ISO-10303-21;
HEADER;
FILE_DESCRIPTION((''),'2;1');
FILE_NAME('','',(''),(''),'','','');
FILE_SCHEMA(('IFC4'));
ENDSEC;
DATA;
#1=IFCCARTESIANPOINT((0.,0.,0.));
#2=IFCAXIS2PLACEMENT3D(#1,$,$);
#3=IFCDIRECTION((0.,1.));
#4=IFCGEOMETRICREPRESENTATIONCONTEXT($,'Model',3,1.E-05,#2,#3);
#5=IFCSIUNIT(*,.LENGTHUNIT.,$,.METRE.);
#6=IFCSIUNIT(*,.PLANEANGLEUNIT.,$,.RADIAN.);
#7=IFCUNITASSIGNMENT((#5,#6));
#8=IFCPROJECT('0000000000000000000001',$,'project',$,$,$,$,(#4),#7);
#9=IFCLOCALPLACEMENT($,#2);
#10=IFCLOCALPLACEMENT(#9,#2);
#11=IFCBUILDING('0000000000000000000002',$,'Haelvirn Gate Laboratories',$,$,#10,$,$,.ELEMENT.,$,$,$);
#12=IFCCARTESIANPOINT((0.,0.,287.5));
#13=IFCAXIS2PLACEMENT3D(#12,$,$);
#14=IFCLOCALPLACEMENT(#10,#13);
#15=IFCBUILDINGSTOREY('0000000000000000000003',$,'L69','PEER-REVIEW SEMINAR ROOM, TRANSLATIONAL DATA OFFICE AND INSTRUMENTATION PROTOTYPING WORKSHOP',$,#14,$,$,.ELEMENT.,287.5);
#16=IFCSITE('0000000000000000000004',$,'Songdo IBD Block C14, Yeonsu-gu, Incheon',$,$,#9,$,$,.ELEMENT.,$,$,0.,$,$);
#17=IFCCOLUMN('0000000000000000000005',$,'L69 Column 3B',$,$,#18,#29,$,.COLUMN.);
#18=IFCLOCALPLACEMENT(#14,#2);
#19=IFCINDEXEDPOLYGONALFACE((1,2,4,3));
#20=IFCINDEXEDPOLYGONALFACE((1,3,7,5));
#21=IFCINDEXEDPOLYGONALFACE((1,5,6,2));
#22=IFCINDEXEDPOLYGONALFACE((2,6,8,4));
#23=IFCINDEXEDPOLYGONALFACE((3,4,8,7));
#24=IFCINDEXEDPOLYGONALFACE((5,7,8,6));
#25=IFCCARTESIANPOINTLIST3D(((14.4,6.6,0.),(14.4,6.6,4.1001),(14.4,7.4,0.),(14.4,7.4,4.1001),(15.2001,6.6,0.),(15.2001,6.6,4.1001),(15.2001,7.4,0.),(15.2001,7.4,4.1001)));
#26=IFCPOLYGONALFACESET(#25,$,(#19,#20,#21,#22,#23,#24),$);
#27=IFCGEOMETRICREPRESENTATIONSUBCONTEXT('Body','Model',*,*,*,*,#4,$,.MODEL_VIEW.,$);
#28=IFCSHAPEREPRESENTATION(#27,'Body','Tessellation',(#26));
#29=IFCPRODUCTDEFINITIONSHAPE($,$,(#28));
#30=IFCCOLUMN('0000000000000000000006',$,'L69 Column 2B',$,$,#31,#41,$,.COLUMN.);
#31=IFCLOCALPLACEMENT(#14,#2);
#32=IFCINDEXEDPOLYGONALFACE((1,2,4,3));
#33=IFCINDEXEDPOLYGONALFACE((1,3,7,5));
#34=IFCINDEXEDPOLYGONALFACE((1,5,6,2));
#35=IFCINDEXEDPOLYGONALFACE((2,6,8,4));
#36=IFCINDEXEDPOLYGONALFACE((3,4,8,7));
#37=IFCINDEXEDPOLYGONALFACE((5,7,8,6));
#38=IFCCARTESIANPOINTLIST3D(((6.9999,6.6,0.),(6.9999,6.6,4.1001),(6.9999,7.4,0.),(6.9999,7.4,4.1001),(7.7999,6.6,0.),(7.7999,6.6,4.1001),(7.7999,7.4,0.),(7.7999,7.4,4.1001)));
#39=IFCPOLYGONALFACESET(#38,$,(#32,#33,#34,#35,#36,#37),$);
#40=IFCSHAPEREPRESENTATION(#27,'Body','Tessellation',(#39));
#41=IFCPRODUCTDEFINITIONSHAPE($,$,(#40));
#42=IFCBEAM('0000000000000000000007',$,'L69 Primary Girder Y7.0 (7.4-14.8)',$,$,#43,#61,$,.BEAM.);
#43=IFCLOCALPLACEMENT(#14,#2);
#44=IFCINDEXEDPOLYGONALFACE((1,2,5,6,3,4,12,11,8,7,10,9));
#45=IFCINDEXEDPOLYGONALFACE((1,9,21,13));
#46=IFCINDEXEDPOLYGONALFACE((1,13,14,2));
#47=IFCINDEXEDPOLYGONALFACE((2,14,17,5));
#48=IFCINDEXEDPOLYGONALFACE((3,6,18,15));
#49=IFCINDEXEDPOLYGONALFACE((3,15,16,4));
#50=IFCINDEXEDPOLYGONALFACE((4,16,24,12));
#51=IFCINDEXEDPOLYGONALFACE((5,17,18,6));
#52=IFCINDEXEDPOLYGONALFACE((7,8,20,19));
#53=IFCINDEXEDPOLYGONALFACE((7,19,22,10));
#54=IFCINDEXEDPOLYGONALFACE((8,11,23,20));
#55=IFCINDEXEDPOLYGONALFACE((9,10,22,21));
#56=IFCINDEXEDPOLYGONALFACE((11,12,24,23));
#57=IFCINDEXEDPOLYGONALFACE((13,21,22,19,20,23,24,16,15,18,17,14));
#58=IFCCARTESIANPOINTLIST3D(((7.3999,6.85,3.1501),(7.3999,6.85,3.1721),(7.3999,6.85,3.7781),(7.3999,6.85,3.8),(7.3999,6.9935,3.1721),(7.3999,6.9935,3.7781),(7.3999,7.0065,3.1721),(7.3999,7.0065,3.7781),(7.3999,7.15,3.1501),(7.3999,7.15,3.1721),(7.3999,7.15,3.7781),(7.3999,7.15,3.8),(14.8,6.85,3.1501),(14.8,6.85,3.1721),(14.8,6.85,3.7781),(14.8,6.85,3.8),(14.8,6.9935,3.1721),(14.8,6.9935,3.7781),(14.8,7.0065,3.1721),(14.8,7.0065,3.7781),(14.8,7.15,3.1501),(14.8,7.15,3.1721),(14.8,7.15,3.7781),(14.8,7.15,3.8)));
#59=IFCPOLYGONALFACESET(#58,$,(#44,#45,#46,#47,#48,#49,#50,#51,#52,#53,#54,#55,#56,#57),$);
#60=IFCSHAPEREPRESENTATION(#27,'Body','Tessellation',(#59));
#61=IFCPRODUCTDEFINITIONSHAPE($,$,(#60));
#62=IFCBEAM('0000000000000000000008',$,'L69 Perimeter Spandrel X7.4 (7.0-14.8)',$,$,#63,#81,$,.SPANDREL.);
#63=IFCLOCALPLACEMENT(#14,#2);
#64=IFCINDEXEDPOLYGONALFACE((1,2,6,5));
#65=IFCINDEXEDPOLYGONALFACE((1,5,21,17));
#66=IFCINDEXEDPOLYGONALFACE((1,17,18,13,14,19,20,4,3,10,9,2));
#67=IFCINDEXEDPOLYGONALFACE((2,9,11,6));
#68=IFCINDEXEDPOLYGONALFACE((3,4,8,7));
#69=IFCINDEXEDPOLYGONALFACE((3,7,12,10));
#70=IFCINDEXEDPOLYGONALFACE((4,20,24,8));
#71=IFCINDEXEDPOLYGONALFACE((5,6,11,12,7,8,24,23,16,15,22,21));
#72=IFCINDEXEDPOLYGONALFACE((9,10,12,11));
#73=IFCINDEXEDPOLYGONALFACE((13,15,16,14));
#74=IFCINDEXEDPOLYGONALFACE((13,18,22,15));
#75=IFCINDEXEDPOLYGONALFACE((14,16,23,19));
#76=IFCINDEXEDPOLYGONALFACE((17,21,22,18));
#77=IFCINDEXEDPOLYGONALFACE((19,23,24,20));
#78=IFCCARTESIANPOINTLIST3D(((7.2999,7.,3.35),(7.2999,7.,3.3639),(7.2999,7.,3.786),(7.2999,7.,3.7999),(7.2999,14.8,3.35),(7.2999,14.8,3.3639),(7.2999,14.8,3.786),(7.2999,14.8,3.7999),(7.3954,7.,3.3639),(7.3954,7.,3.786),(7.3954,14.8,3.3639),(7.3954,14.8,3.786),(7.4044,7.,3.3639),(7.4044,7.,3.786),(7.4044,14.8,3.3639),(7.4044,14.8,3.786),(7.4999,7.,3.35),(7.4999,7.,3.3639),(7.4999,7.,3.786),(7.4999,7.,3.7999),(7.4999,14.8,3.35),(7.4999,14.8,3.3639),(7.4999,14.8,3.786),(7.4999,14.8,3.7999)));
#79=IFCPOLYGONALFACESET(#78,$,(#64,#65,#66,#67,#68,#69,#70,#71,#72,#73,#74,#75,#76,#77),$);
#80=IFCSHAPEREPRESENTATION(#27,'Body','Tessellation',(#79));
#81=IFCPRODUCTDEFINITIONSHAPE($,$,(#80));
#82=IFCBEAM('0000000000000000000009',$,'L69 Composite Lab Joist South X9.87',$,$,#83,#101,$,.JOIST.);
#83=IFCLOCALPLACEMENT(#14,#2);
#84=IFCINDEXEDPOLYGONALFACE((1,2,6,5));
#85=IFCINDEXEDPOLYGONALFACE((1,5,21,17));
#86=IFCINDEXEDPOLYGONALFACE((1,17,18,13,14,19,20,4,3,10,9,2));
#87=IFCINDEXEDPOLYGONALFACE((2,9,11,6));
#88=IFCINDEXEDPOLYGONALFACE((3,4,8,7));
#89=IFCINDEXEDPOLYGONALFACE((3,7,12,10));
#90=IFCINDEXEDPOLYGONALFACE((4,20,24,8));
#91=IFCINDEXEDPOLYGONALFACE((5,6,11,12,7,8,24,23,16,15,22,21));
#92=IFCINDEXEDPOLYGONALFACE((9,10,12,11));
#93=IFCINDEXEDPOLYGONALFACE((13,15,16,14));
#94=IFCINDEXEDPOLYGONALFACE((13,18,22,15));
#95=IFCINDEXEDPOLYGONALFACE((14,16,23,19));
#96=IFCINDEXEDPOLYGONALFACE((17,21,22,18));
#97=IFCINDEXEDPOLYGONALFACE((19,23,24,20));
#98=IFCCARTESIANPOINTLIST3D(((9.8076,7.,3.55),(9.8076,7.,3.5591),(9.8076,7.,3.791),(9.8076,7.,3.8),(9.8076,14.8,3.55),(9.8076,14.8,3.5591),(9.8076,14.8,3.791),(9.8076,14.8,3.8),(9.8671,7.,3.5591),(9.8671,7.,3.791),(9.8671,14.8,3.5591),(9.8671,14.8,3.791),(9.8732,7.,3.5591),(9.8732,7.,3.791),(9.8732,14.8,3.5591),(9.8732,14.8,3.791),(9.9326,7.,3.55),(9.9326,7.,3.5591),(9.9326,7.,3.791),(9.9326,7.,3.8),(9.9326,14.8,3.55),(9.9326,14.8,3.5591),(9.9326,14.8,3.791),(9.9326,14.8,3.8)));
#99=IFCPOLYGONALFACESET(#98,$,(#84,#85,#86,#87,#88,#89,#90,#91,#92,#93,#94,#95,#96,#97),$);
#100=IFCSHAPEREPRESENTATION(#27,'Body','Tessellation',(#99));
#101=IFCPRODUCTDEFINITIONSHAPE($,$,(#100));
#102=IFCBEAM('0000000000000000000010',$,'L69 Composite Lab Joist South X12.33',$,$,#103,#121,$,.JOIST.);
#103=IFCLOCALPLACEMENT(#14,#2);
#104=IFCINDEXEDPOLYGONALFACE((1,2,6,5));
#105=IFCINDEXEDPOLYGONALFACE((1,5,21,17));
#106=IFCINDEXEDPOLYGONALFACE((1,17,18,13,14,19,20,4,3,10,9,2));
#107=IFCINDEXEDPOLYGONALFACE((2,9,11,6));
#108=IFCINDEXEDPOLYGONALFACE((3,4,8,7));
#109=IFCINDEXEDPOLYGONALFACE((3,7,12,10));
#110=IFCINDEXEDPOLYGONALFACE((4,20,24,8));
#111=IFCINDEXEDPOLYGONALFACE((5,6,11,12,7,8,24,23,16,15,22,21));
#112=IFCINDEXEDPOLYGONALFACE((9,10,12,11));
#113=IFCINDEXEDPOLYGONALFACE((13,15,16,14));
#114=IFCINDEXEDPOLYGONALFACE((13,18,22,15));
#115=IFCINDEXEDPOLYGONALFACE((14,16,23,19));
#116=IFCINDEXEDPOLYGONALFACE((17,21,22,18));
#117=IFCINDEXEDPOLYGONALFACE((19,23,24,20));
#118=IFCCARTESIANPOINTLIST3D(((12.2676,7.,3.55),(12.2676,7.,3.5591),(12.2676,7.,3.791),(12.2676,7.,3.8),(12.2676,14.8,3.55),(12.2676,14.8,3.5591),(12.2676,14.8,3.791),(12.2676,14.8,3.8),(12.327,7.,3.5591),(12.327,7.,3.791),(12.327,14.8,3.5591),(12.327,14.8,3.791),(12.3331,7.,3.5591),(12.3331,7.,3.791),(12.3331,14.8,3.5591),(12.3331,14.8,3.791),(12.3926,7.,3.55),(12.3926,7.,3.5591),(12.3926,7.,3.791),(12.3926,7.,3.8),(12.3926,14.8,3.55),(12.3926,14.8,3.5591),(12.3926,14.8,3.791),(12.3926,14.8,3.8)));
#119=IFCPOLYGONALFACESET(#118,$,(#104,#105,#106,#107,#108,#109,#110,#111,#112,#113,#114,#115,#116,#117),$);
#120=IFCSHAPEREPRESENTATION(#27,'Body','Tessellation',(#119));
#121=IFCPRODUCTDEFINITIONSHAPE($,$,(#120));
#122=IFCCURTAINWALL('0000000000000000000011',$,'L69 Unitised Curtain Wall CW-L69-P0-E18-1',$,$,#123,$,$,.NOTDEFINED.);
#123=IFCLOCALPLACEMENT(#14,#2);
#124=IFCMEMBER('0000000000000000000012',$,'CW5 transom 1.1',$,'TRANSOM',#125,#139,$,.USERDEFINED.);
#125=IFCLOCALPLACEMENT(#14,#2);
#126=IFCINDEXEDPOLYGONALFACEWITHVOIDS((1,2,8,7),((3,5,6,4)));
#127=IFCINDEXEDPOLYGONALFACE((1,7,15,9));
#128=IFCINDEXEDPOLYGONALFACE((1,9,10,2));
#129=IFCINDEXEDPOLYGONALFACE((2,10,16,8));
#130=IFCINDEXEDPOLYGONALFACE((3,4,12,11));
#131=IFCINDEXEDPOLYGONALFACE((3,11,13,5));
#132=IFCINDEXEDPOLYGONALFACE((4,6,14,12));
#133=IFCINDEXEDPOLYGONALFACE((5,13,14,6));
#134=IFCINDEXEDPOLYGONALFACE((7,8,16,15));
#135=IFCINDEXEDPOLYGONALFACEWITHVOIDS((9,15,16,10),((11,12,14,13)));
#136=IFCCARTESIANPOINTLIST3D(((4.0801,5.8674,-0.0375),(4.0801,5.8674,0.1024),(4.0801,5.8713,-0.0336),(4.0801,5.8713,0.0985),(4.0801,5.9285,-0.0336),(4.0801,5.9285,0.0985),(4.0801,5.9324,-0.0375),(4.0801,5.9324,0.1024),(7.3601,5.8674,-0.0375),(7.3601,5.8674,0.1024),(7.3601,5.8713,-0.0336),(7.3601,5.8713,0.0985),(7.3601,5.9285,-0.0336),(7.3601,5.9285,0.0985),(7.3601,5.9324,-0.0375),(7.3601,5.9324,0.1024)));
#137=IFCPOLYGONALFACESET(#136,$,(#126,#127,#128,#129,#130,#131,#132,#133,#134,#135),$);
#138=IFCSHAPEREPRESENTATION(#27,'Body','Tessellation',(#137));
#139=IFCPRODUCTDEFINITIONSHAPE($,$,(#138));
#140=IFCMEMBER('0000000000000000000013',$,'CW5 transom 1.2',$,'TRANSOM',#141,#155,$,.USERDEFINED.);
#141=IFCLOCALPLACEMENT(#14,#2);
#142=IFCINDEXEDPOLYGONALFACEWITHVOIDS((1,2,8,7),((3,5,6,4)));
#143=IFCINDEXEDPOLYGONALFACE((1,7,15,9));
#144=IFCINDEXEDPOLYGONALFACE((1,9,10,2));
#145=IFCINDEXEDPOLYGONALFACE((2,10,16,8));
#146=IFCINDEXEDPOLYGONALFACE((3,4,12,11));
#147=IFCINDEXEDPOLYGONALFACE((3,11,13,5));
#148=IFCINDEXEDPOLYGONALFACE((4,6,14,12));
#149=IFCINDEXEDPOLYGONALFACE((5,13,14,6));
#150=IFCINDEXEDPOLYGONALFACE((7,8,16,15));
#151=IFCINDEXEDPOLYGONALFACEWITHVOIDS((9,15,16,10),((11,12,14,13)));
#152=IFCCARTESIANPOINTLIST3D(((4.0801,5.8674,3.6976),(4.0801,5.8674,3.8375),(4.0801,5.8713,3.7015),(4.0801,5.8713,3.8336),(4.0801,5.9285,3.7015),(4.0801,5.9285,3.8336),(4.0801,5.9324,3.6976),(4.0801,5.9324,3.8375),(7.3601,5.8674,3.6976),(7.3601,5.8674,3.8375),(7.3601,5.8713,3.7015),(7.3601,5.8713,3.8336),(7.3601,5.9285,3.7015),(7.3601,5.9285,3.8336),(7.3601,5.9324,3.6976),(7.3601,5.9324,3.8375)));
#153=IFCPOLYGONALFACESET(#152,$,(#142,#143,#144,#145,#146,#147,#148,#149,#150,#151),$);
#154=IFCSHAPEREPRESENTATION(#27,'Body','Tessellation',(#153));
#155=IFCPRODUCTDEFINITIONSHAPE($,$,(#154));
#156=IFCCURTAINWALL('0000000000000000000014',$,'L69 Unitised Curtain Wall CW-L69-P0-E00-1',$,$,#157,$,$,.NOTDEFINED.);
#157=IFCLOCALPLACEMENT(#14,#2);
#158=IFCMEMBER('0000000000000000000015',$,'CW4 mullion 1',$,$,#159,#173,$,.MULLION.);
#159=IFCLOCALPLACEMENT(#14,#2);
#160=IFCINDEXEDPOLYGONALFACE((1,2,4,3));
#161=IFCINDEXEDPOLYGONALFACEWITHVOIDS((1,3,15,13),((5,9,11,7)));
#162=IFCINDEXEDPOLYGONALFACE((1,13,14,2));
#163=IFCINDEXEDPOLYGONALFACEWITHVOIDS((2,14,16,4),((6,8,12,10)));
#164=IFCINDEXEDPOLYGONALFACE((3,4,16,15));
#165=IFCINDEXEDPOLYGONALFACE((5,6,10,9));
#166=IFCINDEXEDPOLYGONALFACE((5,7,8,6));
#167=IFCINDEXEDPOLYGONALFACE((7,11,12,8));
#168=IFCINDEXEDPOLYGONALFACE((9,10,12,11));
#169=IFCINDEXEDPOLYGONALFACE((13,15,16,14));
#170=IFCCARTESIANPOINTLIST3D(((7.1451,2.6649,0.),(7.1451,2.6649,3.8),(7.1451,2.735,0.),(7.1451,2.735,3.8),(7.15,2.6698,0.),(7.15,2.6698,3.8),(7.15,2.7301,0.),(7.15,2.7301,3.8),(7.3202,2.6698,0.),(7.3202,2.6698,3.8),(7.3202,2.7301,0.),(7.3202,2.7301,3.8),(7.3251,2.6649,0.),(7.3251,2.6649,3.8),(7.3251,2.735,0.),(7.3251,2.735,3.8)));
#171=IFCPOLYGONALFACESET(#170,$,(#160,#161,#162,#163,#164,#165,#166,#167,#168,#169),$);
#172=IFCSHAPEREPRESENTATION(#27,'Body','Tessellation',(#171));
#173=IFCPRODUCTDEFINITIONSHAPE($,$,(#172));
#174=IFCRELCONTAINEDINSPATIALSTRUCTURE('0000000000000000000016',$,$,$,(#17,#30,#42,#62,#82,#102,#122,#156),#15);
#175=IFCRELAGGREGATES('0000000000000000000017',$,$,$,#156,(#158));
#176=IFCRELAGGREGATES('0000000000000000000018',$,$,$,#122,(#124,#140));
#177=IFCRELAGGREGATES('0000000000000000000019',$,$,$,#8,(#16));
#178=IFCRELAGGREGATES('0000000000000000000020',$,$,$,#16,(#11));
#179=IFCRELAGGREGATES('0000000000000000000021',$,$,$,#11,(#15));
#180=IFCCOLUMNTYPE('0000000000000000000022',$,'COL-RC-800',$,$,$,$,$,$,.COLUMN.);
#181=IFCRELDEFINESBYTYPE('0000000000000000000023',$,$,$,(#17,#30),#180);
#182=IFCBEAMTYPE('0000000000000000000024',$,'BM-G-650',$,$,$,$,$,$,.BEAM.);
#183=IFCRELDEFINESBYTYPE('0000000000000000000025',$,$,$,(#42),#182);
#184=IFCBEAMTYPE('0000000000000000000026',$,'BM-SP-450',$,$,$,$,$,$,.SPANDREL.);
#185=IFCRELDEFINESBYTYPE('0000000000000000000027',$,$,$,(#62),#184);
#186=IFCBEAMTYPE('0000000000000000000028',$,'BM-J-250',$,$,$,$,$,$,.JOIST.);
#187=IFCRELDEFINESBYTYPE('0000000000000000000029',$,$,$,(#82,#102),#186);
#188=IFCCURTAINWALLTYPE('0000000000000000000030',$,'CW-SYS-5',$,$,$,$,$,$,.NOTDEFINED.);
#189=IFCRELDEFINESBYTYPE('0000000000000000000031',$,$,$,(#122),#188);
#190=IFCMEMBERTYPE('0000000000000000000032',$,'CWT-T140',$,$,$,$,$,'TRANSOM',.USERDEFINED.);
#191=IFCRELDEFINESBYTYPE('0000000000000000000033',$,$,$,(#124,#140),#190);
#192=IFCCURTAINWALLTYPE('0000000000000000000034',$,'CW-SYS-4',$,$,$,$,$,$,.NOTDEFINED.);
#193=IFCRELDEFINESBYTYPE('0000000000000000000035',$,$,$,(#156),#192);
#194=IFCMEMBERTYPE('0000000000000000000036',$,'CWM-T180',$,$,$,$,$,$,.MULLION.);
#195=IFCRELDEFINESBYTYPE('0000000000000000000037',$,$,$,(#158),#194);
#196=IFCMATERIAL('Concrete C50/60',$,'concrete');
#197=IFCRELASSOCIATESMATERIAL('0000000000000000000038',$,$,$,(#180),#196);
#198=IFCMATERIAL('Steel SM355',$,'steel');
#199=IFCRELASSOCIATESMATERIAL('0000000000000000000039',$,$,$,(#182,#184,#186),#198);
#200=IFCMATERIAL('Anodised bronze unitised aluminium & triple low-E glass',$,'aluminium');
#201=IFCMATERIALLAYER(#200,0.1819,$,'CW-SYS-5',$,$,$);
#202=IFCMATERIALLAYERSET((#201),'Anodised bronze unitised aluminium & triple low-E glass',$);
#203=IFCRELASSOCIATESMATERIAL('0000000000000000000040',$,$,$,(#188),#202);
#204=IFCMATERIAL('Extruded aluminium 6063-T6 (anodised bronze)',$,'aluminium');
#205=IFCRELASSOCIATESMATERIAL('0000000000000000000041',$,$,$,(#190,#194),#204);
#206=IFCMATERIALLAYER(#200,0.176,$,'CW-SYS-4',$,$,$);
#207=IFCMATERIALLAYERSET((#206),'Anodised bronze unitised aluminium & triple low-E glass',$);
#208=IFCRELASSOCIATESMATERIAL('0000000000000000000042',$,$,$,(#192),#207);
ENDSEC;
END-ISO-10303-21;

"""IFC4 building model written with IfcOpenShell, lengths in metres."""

from ifc_helpers import new_model, si_unit, direction, frame, origin, origin_2d, place, context, subcontext, project, spatial, rectangle, hollow_rectangle, i_section, extrude, source, transform, mapped, material, layer, layer_set, material_profile, profile_set, type_object, type_shapes, element, aggregate, save


model = new_model("IFC4")

# Units and contexts
model_context = context("Model", 3, precision=1e-05, world=origin(), true_north=direction((0.0, 1.0)))
body_context = subcontext(model_context, "Body", "Model", "MODEL_VIEW")
ifc_project = project(units=[si_unit("LENGTHUNIT", "METRE"), si_unit("PLANEANGLEUNIT", "RADIAN")], contexts=[model_context])

# Site, building, storey
site_placement = place(None, origin())
site = spatial("IfcSite", under=ifc_project, at=site_placement, Name="Songdo IBD Block C14, Yeonsu-gu, Incheon", CompositionType="ELEMENT", RefElevation=0.0)
building_placement = place(site_placement, origin())
building = spatial("IfcBuilding", under=site, at=building_placement, Name="Haelvirn Gate Laboratories", CompositionType="ELEMENT")
storey_placement = place(building_placement, frame((0.0, 0.0, 287.5)))
storey = spatial("IfcBuildingStorey", under=building, at=storey_placement, Name="L69", Description="PEER-REVIEW SEMINAR ROOM, TRANSLATIONAL DATA OFFICE AND INSTRUMENTATION PROTOTYPING WORKSHOP", CompositionType="ELEMENT", Elevation=287.5)

# Columns
ifc_material_1 = material(Name="Concrete C50/60", Category="concrete")
ifc_material_profile_1 = material_profile(ifc_material_1, rectangle(XDim=0.8, YDim=0.8, at=origin_2d()), Name="RC-800x800")
ifc_profile_set_1 = profile_set([ifc_material_profile_1], Name="Concrete C50/60")
column_type = type_object("IfcColumnType", Name="COL-RC-800", PredefinedType="COLUMN", material=ifc_profile_set_1)
shared_shape_1 = source(origin(), body_context, "Body", "SweptSolid", [
    extrude(rectangle(XDim=0.8, YDim=0.8, at=origin_2d()), origin(), (0.0, 0.0, 1.0), 4.1001),
])
type_shapes(column_type, [shared_shape_1])
for number, where, z_axis, x_axis, name in (
    (1, (14.8, 7.0, 0.0), (0.0, 0.0, 1.0), (1.0, 0.0, 0.0), "L69 Column 3B"),
    (2, (7.3999, 7.0, 0.0), (0.0, 0.0, 1.0), (1.0, 0.0, 0.0), "L69 Column 2B"),
):
    element("IfcColumn", number, at=place(storey_placement, frame(where, z_axis=z_axis, x_axis=x_axis)), inside=storey, type_object=column_type, Name=name, PredefinedType="COLUMN", context=body_context, shape_type="MappedRepresentation", body=[
        mapped(shared_shape_1, transform((0.0, 0.0, 0.0), scale=1.0)),
    ])

# Beams
ifc_material_2 = material(Name="Steel SM355", Category="steel")
ifc_material_profile_2 = material_profile(ifc_material_2, i_section(OverallWidth=0.3, OverallDepth=0.6499, WebThickness=0.0129, FlangeThickness=0.022, at=origin_2d()), Name="H-650x300x13x22")
ifc_profile_set_2 = profile_set([ifc_material_profile_2], Name="Steel SM355")
beam_type_1 = type_object("IfcBeamType", Name="BM-G-650", PredefinedType="BEAM", material=ifc_profile_set_2)
shared_shape_2 = source(origin(), body_context, "Body", "SweptSolid", [
    extrude(i_section(OverallWidth=0.3, OverallDepth=0.6499, WebThickness=0.0129, FlangeThickness=0.022, at=origin_2d()), origin(), (0.0, 0.0, 1.0), 7.4001),
])
type_shapes(beam_type_1, [shared_shape_2])
beam_1_placement = place(storey_placement, frame((7.3999, 7.0, 3.4751), z_axis=(1.0, 0.0, 0.0), x_axis=(0.0, 1.0, 0.0)))
element("IfcBeam", 3, at=beam_1_placement, inside=storey, type_object=beam_type_1, Name="L69 Primary Girder Y7.0 (7.4-14.8)", PredefinedType="BEAM", context=body_context, shape_type="MappedRepresentation", body=[
    mapped(shared_shape_2, transform((0.0, 0.0, 0.0), scale=1.0)),
])
ifc_material_profile_3 = material_profile(ifc_material_2, i_section(OverallWidth=0.2, OverallDepth=0.45, WebThickness=0.009, FlangeThickness=0.0139, at=origin_2d()), Name="H-450x200x9x14")
ifc_profile_set_3 = profile_set([ifc_material_profile_3], Name="Steel SM355")
beam_type_2 = type_object("IfcBeamType", Name="BM-SP-450", PredefinedType="SPANDREL", material=ifc_profile_set_3)
shared_shape_3 = source(origin(), body_context, "Body", "SweptSolid", [
    extrude(i_section(OverallWidth=0.2, OverallDepth=0.45, WebThickness=0.009, FlangeThickness=0.0139, at=origin_2d()), origin(), (0.0, 0.0, 1.0), 7.8),
])
type_shapes(beam_type_2, [shared_shape_3])
beam_2_placement = place(storey_placement, frame((7.3999, 7.0, 3.575), z_axis=(0.0, 1.0, 0.0), x_axis=(-1.0, 0.0, 0.0)))
element("IfcBeam", 4, at=beam_2_placement, inside=storey, type_object=beam_type_2, Name="L69 Perimeter Spandrel X7.4 (7.0-14.8)", PredefinedType="SPANDREL", context=body_context, shape_type="MappedRepresentation", body=[
    mapped(shared_shape_3, transform((0.0, 0.0, 0.0), scale=1.0)),
])
ifc_material_profile_4 = material_profile(ifc_material_2, i_section(OverallWidth=0.125, OverallDepth=0.25, WebThickness=0.0061, FlangeThickness=0.009, at=origin_2d()), Name="H-250x125x6x9")
ifc_profile_set_4 = profile_set([ifc_material_profile_4], Name="Steel SM355")
beam_type_3 = type_object("IfcBeamType", Name="BM-J-250", PredefinedType="JOIST", material=ifc_profile_set_4)
shared_shape_4 = source(origin(), body_context, "Body", "SweptSolid", [
    extrude(i_section(OverallWidth=0.125, OverallDepth=0.25, WebThickness=0.0061, FlangeThickness=0.009, at=origin_2d()), origin(), (0.0, 0.0, 1.0), 7.8),
])
type_shapes(beam_type_3, [shared_shape_4])
for number, where, z_axis, x_axis, name in (
    (5, (9.8701, 7.0, 3.675), (0.0, 1.0, 0.0), (-1.0, 0.0, 0.0), "L69 Composite Lab Joist South X9.87"),
    (6, (12.3301, 7.0, 3.675), (0.0, 1.0, 0.0), (-1.0, 0.0, 0.0), "L69 Composite Lab Joist South X12.33"),
):
    element("IfcBeam", number, at=place(storey_placement, frame(where, z_axis=z_axis, x_axis=x_axis)), inside=storey, type_object=beam_type_3, Name=name, PredefinedType="JOIST", context=body_context, shape_type="MappedRepresentation", body=[
        mapped(shared_shape_4, transform((0.0, 0.0, 0.0), scale=1.0)),
    ])

# Curtain wall, members
ifc_material_3 = material(Name="Anodised bronze unitised aluminium & triple low-E glass", Category="aluminium")
ifc_layer_1 = layer(ifc_material_3, 0.1819, Name="CW-SYS-5")
ifc_layer_set_1 = layer_set([ifc_layer_1], Name="Anodised bronze unitised aluminium & triple low-E glass")
curtain_wall_type_1 = type_object("IfcCurtainWallType", Name="CW-SYS-5", PredefinedType="NOTDEFINED", material=ifc_layer_set_1)
curtain_wall_1_placement = place(storey_placement, origin())
curtain_wall_1 = element("IfcCurtainWall", 7, at=curtain_wall_1_placement, inside=storey, type_object=curtain_wall_type_1, Name="L69 Unitised Curtain Wall CW-L69-P0-E18-1", PredefinedType="NOTDEFINED")
ifc_material_4 = material(Name="Extruded aluminium 6063-T6 (anodised bronze)", Category="aluminium")
ifc_material_profile_5 = material_profile(ifc_material_4, hollow_rectangle(XDim=0.0649, YDim=0.1399, WallThickness=0.0039, at=origin_2d()), Name="CWT-140x65x4")
ifc_profile_set_5 = profile_set([ifc_material_profile_5], Name="Extruded aluminium 6063-T6 (anodised bronze)")
member_type_1 = type_object("IfcMemberType", Name="CWT-T140", ElementType="TRANSOM", PredefinedType="USERDEFINED", material=ifc_profile_set_5)
shared_shape_5 = source(origin(), body_context, "Body", "SweptSolid", [
    extrude(hollow_rectangle(XDim=0.0649, YDim=0.1399, WallThickness=0.0039, at=origin_2d()), origin(), (0.0, 0.0, 1.0), 3.28),
])
member_1_placement = place(storey_placement, frame((4.0801, 5.8999, 0.0325), z_axis=(1.0, 0.0, 0.0), x_axis=(0.0, 1.0, 0.0)))
member_1 = element("IfcMember", 8, at=member_1_placement, type_object=member_type_1, Name="CW5 transom 1.1", ObjectType="TRANSOM", PredefinedType="USERDEFINED", context=body_context, shape_type="MappedRepresentation", body=[
    mapped(shared_shape_5, transform((0.0, 0.0, 0.0), scale=1.0)),
])
member_2_placement = place(storey_placement, frame((4.0801, 5.8999, 3.7676), z_axis=(1.0, 0.0, 0.0), x_axis=(0.0, 1.0, 0.0)))
member_2 = element("IfcMember", 9, at=member_2_placement, type_object=member_type_1, Name="CW5 transom 1.2", ObjectType="TRANSOM", PredefinedType="USERDEFINED", context=body_context, shape_type="MappedRepresentation", body=[
    mapped(shared_shape_5, transform((0.0, 0.0, 0.0), scale=1.0)),
])

# Curtain wall, member
ifc_layer_2 = layer(ifc_material_3, 0.176, Name="CW-SYS-4")
ifc_layer_set_2 = layer_set([ifc_layer_2], Name="Anodised bronze unitised aluminium & triple low-E glass")
curtain_wall_type_2 = type_object("IfcCurtainWallType", Name="CW-SYS-4", PredefinedType="NOTDEFINED", material=ifc_layer_set_2)
curtain_wall_2_placement = place(storey_placement, origin())
curtain_wall_2 = element("IfcCurtainWall", 10, at=curtain_wall_2_placement, inside=storey, type_object=curtain_wall_type_2, Name="L69 Unitised Curtain Wall CW-L69-P0-E00-1", PredefinedType="NOTDEFINED")
ifc_material_profile_6 = material_profile(ifc_material_4, hollow_rectangle(XDim=0.0701, YDim=0.1799, WallThickness=0.0049, at=origin_2d()), Name="CWM-180x70x5")
ifc_profile_set_6 = profile_set([ifc_material_profile_6], Name="Extruded aluminium 6063-T6 (anodised bronze)")
member_type_2 = type_object("IfcMemberType", Name="CWM-T180", PredefinedType="MULLION", material=ifc_profile_set_6)
shared_shape_6 = source(origin(), body_context, "Body", "SweptSolid", [
    extrude(hollow_rectangle(XDim=0.0701, YDim=0.1799, WallThickness=0.0049, at=origin_2d()), origin(), (0.0, 0.0, 1.0), 3.8),
])
type_shapes(member_type_2, [shared_shape_6])
member_3_placement = place(storey_placement, frame((7.2351, 2.7, 0.0), z_axis=(0.0, 0.0, 1.0), x_axis=(0.0, 1.0, 0.0)))
member_3 = element("IfcMember", 11, at=member_3_placement, type_object=member_type_2, Name="CW4 mullion 1", PredefinedType="MULLION", context=body_context, shape_type="MappedRepresentation", body=[
    mapped(shared_shape_6, transform((0.0, 0.0, 0.0), scale=1.0)),
])

aggregate(curtain_wall_2, [member_3])
aggregate(curtain_wall_1, [member_1, member_2])

save(model, "model.ifc")
